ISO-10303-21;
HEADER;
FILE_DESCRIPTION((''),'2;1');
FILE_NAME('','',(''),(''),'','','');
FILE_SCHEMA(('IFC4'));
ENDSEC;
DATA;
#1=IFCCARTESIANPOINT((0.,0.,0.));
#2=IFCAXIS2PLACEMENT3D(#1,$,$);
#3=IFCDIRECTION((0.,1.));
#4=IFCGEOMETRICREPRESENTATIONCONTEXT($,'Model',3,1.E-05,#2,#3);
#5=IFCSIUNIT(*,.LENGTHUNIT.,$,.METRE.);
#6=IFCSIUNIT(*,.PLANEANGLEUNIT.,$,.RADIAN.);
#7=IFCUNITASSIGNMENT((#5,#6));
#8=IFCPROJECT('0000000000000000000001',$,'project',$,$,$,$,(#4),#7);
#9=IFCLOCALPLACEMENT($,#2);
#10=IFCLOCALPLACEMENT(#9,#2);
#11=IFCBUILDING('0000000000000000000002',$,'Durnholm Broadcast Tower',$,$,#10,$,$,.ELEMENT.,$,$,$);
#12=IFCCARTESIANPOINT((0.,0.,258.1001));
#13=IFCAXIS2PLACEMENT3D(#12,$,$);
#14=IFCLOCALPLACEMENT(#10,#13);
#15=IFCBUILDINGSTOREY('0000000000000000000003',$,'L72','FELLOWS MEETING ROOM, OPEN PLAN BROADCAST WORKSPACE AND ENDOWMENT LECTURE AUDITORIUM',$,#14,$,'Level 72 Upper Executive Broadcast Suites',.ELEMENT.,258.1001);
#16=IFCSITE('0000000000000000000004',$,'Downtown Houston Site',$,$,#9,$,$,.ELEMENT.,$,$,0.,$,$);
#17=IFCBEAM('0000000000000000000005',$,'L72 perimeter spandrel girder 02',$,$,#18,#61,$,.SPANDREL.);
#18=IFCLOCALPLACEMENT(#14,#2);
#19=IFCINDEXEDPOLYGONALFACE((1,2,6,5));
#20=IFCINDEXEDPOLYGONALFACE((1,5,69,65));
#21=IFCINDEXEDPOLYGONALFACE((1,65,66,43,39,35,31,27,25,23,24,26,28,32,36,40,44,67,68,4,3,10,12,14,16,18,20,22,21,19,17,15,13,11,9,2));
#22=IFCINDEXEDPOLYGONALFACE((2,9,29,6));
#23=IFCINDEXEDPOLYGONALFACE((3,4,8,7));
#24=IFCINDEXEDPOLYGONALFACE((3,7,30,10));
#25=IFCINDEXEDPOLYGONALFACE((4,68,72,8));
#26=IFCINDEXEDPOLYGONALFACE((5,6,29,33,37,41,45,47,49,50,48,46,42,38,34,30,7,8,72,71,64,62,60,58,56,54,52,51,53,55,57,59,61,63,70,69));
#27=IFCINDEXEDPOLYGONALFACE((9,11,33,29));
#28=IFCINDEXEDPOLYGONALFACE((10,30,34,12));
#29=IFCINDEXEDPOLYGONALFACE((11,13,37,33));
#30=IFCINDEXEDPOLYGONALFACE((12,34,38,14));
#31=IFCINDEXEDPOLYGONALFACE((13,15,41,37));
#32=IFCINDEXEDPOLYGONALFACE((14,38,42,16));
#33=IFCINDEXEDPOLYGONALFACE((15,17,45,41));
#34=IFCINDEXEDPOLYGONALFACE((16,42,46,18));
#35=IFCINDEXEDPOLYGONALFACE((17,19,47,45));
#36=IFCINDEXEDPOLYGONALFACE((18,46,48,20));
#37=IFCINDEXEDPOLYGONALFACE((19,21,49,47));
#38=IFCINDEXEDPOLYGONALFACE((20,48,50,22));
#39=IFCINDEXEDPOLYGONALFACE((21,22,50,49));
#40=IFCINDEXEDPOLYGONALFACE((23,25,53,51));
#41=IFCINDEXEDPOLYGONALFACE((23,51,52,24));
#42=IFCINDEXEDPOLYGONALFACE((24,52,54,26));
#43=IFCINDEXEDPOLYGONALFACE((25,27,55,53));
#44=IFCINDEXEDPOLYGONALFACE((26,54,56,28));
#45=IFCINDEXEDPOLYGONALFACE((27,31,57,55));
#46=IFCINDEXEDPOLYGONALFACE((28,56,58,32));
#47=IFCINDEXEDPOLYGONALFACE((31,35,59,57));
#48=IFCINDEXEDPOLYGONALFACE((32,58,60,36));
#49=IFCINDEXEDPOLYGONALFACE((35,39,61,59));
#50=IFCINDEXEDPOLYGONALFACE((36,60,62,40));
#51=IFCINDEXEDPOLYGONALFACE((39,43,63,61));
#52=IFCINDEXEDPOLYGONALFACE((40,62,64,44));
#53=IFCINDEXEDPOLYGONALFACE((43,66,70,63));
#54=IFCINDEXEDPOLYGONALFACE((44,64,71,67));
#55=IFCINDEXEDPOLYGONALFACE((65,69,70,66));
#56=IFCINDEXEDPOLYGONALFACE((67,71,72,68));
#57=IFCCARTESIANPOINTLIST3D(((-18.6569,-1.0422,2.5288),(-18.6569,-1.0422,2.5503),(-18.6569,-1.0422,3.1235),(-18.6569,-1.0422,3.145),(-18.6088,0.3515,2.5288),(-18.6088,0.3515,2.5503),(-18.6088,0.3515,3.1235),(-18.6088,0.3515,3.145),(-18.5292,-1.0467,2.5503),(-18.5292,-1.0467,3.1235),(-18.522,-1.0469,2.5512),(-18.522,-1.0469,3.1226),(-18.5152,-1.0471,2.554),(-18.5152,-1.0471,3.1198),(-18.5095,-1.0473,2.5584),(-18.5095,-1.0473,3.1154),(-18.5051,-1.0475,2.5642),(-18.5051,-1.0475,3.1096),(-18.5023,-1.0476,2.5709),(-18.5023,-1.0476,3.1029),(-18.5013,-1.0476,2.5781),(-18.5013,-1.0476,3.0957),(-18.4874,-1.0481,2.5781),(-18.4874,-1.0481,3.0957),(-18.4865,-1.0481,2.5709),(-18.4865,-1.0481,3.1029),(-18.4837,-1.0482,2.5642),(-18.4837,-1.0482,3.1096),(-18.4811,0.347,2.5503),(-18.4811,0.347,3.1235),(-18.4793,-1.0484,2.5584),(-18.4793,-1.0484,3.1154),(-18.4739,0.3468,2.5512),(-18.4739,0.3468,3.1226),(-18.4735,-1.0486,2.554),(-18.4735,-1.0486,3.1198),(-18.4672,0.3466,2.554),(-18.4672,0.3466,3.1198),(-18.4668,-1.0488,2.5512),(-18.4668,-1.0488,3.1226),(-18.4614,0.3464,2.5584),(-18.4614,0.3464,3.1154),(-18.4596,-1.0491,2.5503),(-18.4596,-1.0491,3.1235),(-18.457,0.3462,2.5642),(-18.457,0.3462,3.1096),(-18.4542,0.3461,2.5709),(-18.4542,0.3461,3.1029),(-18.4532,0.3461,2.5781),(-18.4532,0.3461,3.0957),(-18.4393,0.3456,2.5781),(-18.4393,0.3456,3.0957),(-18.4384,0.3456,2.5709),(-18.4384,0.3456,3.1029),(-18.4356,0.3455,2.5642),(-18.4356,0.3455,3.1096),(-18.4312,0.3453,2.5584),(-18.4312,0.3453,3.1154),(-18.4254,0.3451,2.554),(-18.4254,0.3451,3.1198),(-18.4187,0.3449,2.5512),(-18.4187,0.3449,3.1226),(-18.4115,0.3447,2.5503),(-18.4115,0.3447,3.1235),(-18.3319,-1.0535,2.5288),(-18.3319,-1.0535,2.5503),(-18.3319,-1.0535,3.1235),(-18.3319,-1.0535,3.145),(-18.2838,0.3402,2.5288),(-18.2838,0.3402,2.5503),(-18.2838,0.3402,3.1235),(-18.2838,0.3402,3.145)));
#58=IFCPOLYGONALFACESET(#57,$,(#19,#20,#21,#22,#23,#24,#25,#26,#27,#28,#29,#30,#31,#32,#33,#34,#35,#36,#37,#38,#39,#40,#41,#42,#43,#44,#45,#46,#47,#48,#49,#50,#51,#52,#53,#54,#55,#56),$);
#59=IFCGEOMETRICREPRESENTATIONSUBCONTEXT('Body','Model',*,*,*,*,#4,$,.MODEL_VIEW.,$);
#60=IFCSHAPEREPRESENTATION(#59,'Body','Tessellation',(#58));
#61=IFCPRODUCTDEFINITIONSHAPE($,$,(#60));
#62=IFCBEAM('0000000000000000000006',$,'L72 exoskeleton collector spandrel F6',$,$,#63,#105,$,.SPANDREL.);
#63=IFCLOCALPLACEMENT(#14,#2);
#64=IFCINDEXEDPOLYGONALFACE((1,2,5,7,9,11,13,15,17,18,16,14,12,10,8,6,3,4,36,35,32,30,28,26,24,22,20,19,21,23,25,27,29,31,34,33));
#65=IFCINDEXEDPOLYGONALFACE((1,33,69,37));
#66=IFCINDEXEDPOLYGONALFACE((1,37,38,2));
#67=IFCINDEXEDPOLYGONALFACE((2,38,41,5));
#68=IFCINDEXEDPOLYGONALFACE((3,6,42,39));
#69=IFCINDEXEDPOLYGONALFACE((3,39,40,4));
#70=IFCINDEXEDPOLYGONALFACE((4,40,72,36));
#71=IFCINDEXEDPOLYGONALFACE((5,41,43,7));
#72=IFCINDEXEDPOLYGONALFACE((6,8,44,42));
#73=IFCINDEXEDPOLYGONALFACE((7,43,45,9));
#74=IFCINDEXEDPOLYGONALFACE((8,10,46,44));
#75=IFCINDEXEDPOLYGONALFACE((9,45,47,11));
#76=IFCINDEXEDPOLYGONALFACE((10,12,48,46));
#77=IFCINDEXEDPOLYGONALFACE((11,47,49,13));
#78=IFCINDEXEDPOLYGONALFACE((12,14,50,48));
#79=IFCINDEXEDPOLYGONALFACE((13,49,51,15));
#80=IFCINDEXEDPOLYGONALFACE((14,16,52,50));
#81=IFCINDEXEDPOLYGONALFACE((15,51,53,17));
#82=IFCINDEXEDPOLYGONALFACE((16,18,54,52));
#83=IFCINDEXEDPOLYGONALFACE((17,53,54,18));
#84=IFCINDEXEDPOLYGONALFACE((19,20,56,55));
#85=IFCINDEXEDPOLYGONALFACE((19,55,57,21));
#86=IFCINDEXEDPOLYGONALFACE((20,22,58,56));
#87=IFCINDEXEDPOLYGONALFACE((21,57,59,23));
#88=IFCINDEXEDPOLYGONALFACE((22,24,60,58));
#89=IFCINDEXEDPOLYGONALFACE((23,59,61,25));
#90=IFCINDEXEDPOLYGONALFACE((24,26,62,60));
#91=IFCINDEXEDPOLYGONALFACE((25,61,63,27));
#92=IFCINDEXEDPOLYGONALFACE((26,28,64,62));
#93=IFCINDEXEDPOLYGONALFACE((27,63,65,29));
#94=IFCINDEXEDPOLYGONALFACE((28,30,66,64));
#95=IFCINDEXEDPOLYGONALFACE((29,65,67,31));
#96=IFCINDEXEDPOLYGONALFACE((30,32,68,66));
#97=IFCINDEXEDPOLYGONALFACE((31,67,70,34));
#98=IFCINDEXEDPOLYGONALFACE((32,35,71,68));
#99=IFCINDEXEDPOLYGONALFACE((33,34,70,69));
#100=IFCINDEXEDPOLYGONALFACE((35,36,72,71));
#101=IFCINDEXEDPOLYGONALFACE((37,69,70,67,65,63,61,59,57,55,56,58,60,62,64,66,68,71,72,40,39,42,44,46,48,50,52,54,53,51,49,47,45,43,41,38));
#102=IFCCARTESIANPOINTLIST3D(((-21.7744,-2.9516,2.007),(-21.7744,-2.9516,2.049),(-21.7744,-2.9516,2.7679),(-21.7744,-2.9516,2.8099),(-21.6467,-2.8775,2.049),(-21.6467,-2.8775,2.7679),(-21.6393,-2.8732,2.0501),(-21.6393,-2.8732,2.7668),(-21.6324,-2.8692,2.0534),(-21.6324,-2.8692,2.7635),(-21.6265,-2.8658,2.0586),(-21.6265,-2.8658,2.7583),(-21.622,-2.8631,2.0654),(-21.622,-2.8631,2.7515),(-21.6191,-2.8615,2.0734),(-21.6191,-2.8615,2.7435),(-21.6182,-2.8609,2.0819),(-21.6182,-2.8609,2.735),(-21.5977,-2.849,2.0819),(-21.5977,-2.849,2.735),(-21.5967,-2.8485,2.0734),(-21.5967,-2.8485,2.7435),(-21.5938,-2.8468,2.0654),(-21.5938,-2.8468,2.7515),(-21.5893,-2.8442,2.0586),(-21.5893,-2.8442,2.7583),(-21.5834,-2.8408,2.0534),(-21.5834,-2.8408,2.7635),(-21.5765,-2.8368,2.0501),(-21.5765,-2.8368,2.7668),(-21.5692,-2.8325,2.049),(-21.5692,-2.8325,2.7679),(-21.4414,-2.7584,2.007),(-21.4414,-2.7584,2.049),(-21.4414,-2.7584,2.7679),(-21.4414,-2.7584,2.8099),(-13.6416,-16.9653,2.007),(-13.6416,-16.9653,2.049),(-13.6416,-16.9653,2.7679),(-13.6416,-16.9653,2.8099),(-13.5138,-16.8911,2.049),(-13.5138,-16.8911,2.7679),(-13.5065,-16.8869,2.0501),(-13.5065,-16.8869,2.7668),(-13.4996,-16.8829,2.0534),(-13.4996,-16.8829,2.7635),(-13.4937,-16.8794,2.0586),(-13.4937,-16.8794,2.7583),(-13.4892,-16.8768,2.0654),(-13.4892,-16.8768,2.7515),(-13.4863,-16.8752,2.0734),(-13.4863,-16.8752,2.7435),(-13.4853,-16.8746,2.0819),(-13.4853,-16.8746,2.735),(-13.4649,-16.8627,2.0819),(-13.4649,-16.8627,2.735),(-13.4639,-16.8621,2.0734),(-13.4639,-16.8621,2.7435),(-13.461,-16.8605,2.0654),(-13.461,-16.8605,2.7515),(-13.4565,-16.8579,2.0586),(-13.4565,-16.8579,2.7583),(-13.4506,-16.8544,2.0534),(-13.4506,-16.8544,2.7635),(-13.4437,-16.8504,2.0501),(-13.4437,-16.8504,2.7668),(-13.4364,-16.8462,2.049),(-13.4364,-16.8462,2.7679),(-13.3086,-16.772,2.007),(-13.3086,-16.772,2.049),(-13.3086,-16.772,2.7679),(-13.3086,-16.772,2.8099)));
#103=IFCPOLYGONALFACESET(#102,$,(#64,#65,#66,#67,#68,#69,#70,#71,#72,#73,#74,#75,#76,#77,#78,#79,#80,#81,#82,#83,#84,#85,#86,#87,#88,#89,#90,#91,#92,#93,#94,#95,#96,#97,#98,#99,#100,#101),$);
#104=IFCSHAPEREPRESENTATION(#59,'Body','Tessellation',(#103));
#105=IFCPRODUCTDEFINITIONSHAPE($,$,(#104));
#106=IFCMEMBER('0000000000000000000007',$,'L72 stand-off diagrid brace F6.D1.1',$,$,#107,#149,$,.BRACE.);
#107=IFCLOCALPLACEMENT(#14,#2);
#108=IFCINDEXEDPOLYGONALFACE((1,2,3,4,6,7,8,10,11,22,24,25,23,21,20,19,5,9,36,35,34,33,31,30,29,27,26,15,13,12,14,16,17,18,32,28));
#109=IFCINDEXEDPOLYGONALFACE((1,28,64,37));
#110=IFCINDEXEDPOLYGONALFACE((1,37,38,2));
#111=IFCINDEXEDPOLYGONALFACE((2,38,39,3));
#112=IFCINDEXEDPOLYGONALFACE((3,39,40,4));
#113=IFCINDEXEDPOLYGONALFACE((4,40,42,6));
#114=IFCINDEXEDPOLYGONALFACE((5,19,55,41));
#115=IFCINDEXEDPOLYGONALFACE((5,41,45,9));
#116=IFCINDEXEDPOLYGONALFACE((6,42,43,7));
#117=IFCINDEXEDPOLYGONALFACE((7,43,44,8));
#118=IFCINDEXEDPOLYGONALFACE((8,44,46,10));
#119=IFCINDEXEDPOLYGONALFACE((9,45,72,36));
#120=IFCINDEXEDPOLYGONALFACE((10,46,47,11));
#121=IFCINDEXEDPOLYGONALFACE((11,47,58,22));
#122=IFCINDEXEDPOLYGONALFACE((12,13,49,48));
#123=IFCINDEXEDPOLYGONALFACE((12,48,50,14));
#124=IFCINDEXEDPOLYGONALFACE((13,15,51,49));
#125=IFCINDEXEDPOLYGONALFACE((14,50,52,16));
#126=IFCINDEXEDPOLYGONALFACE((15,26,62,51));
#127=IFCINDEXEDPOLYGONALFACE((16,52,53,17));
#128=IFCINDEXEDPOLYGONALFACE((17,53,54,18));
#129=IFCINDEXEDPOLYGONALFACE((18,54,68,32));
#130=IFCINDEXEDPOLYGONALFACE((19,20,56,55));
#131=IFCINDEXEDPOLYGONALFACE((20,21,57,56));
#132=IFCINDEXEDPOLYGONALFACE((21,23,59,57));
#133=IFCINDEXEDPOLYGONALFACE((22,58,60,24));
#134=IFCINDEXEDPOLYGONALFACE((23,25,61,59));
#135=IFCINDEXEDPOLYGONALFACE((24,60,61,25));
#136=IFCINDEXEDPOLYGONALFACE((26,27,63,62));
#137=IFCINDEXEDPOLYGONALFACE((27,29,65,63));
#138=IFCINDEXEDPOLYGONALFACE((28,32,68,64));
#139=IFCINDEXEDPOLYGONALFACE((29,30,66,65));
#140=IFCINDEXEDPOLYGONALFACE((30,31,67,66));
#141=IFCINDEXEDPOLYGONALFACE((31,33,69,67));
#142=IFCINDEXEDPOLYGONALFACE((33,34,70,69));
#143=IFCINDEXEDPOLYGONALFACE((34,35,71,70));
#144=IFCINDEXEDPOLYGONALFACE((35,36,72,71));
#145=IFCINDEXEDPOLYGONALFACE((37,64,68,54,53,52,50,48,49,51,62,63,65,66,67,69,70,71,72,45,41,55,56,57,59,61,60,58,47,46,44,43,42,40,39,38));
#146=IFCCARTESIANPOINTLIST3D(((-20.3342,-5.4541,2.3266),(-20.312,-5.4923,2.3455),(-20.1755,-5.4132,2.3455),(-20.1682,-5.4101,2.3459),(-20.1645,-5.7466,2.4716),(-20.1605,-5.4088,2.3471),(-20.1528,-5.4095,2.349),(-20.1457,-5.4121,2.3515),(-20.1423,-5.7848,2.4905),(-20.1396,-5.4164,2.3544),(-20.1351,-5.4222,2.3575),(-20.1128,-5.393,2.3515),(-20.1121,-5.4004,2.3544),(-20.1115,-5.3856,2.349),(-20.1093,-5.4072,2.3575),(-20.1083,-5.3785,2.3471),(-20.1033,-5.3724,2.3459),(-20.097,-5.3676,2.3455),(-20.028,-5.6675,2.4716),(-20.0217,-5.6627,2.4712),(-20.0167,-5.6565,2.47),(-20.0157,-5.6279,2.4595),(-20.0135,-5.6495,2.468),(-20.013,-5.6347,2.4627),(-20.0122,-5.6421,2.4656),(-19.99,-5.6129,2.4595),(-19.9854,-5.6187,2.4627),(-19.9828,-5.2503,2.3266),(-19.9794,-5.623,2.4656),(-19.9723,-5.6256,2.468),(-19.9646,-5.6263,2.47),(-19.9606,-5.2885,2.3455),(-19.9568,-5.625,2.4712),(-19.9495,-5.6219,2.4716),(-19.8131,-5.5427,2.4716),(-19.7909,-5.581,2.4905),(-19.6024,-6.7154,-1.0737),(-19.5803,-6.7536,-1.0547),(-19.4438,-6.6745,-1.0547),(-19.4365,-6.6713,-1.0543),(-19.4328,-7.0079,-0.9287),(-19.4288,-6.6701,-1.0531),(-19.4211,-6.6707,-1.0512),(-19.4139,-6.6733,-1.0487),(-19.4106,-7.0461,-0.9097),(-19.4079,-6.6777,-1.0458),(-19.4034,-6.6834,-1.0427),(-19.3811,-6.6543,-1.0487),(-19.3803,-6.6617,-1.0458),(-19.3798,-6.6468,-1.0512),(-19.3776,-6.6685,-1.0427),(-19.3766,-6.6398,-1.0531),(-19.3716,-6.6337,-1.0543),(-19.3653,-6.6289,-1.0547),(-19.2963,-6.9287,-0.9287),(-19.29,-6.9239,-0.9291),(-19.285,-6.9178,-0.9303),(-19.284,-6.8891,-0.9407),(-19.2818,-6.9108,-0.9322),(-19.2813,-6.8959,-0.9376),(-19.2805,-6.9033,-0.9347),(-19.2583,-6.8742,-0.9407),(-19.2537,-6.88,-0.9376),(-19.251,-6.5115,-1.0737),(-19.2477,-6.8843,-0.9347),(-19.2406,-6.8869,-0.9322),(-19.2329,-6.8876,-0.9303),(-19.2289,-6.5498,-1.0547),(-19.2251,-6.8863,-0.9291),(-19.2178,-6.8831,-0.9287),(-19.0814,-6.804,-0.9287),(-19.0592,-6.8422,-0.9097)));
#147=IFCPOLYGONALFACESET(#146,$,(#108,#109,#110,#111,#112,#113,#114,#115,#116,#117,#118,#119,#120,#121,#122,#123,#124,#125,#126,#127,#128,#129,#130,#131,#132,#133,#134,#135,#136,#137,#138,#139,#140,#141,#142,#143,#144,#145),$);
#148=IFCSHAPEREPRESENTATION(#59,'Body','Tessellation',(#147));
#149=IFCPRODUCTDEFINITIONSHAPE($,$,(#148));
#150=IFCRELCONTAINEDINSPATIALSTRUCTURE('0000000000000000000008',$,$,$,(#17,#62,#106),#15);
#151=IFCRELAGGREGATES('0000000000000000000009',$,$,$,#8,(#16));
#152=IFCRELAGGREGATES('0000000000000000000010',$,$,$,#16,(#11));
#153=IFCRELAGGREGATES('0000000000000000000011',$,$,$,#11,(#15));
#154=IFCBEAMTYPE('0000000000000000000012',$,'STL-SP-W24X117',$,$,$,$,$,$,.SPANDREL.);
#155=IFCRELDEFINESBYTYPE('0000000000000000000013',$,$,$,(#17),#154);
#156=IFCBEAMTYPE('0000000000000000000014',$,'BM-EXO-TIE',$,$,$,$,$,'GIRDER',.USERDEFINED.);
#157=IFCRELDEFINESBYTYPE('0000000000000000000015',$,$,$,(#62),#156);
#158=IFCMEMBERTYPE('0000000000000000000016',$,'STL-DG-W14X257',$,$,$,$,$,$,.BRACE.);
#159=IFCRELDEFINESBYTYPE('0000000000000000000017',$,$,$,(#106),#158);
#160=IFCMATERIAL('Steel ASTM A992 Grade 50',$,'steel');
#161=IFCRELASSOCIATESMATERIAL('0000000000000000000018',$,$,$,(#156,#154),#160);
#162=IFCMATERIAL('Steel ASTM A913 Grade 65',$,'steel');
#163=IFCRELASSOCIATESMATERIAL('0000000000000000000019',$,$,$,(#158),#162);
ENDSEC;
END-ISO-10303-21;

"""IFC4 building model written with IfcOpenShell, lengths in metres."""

from ifc_helpers import new_model, si_unit, direction, frame, origin, origin_2d, place, context, subcontext, project, spatial, i_section, extrude, source, transform, mapped, material, material_profile, profile_set, type_object, type_shapes, element, save


model = new_model("IFC4")

# Units and contexts
model_context = context("Model", 3, precision=1e-05, world=origin(), true_north=direction((0.0, 1.0)))
body_context = subcontext(model_context, "Body", "Model", "MODEL_VIEW")
ifc_project = project(units=[si_unit("LENGTHUNIT", "METRE"), si_unit("PLANEANGLEUNIT", "RADIAN")], contexts=[model_context])

# Site, building, storey
site_placement = place(None, origin())
site = spatial("IfcSite", under=ifc_project, at=site_placement, Name="Downtown Houston Site", CompositionType="ELEMENT", RefElevation=0.0)
building_placement = place(site_placement, origin())
building = spatial("IfcBuilding", under=site, at=building_placement, Name="Durnholm Broadcast Tower", CompositionType="ELEMENT")
storey_placement = place(building_placement, frame((0.0, 0.0, 258.1001)))
storey = spatial("IfcBuildingStorey", under=building, at=storey_placement, Name="L72", Description="FELLOWS MEETING ROOM, OPEN PLAN BROADCAST WORKSPACE AND ENDOWMENT LECTURE AUDITORIUM", LongName="Level 72 Upper Executive Broadcast Suites", CompositionType="ELEMENT", Elevation=258.1001)

# Beams
ifc_material_1 = material(Name="Steel ASTM A992 Grade 50", Category="steel")
ifc_material_profile_1 = material_profile(ifc_material_1, i_section(OverallWidth=0.385, OverallDepth=0.803, WebThickness=0.0237, FlangeThickness=0.042, FilletRadius=0.033, at=origin_2d()), Name="W30X261")
ifc_profile_set_1 = profile_set([ifc_material_profile_1], Name="Steel ASTM A992 Grade 50")
beam_type_1 = type_object("IfcBeamType", Name="BM-EXO-TIE", ElementType="GIRDER", PredefinedType="USERDEFINED", material=ifc_profile_set_1)
ifc_material_profile_2 = material_profile(ifc_material_1, i_section(OverallWidth=0.3252, OverallDepth=0.6162, WebThickness=0.0139, FlangeThickness=0.0215, FilletRadius=0.0278, at=origin_2d()), Name="W24X117")
ifc_profile_set_2 = profile_set([ifc_material_profile_2], Name="Steel ASTM A992 Grade 50")
beam_type_2 = type_object("IfcBeamType", Name="STL-SP-W24X117", PredefinedType="SPANDREL", material=ifc_profile_set_2)
shared_shape_1 = source(origin(), body_context, "Body", "SweptSolid", [
    extrude(i_section(OverallWidth=0.3252, OverallDepth=0.6162, WebThickness=0.0139, FlangeThickness=0.0215, FilletRadius=0.0278, at=origin_2d()), origin(), (0.0, 0.0, 1.0), 1.3945),
])
beam_1_placement = place(storey_placement, frame((-18.4944, -1.0479, 2.8369), z_axis=(0.034486, 0.999405, 0.0), x_axis=(-0.999405, 0.034486, 0.0)))
element("IfcBeam", 1, at=beam_1_placement, inside=storey, type_object=beam_type_2, Name="L72 perimeter spandrel girder 02", PredefinedType="SPANDREL", context=body_context, shape_type="MappedRepresentation", body=[
    mapped(shared_shape_1, transform((0.0, 0.0, 0.0), x_axis=(1.0, 0.0, 0.0), y_axis=(0.0, 1.0, 0.0), z_axis=(0.0, 0.0, 1.0), scale=1.0)),
])
shared_shape_2 = source(origin(), body_context, "Body", "SweptSolid", [
    extrude(i_section(OverallWidth=0.385, OverallDepth=0.803, WebThickness=0.0237, FlangeThickness=0.042, FilletRadius=0.033, at=origin_2d()), origin(), (0.0, 0.0, 1.0), 16.2026),
])
beam_2_placement = place(storey_placement, frame((-21.6079, -2.855, 2.4084), z_axis=(0.501944, -0.8649, 0.0), x_axis=(0.8649, 0.501944, 0.0)))
element("IfcBeam", 2, at=beam_2_placement, inside=storey, type_object=beam_type_1, Name="L72 exoskeleton collector spandrel F6", PredefinedType="SPANDREL", context=body_context, shape_type="MappedRepresentation", body=[
    mapped(shared_shape_2, transform((0.0, 0.0, 0.0), x_axis=(1.0, 0.0, 0.0), y_axis=(0.0, 1.0, 0.0), z_axis=(0.0, 0.0, 1.0), scale=1.0)),
])

# Member
ifc_material_2 = material(Name="Steel ASTM A913 Grade 65", Category="steel")
ifc_material_profile_3 = material_profile(ifc_material_2, i_section(OverallWidth=0.4062, OverallDepth=0.416, WebThickness=0.0298, FlangeThickness=0.0481, FilletRadius=0.0305, at=origin_2d()), Name="W14X257")
ifc_profile_set_3 = profile_set([ifc_material_profile_3], Name="Steel ASTM A913 Grade 65")
member_type_1 = type_object("IfcMemberType", Name="STL-DG-W14X257", PredefinedType="BRACE", material=ifc_profile_set_3)
shared_shape_3 = source(origin(), body_context, "Body", "SweptSolid", [
    extrude(i_section(OverallWidth=0.4062, OverallDepth=0.416, WebThickness=0.0298, FlangeThickness=0.0481, FilletRadius=0.0305, at=origin_2d()), origin(), (0.0, 0.0, 1.0), 3.6997),
])
type_shapes(member_type_1, [shared_shape_3])
for number, where, z_axis, x_axis, name in (
    (3, (-19.3308, -6.7788, -0.9917), (-0.197775, 0.34091, 0.919057), (-0.864979, -0.501808, 0.0), "L72 stand-off diagrid brace F6.D1.1"),
):
    element("IfcMember", number, at=place(storey_placement, frame(where, z_axis=z_axis, x_axis=x_axis)), inside=storey, type_object=member_type_1, Name=name, PredefinedType="BRACE", context=body_context, shape_type="MappedRepresentation", body=[
        mapped(shared_shape_3, transform((0.0, 0.0, 0.0), x_axis=(1.0, 0.0, 0.0), y_axis=(0.0, 1.0, 0.0), z_axis=(0.0, 0.0, 1.0), scale=1.0)),
    ])

save(model, "model.ifc")
